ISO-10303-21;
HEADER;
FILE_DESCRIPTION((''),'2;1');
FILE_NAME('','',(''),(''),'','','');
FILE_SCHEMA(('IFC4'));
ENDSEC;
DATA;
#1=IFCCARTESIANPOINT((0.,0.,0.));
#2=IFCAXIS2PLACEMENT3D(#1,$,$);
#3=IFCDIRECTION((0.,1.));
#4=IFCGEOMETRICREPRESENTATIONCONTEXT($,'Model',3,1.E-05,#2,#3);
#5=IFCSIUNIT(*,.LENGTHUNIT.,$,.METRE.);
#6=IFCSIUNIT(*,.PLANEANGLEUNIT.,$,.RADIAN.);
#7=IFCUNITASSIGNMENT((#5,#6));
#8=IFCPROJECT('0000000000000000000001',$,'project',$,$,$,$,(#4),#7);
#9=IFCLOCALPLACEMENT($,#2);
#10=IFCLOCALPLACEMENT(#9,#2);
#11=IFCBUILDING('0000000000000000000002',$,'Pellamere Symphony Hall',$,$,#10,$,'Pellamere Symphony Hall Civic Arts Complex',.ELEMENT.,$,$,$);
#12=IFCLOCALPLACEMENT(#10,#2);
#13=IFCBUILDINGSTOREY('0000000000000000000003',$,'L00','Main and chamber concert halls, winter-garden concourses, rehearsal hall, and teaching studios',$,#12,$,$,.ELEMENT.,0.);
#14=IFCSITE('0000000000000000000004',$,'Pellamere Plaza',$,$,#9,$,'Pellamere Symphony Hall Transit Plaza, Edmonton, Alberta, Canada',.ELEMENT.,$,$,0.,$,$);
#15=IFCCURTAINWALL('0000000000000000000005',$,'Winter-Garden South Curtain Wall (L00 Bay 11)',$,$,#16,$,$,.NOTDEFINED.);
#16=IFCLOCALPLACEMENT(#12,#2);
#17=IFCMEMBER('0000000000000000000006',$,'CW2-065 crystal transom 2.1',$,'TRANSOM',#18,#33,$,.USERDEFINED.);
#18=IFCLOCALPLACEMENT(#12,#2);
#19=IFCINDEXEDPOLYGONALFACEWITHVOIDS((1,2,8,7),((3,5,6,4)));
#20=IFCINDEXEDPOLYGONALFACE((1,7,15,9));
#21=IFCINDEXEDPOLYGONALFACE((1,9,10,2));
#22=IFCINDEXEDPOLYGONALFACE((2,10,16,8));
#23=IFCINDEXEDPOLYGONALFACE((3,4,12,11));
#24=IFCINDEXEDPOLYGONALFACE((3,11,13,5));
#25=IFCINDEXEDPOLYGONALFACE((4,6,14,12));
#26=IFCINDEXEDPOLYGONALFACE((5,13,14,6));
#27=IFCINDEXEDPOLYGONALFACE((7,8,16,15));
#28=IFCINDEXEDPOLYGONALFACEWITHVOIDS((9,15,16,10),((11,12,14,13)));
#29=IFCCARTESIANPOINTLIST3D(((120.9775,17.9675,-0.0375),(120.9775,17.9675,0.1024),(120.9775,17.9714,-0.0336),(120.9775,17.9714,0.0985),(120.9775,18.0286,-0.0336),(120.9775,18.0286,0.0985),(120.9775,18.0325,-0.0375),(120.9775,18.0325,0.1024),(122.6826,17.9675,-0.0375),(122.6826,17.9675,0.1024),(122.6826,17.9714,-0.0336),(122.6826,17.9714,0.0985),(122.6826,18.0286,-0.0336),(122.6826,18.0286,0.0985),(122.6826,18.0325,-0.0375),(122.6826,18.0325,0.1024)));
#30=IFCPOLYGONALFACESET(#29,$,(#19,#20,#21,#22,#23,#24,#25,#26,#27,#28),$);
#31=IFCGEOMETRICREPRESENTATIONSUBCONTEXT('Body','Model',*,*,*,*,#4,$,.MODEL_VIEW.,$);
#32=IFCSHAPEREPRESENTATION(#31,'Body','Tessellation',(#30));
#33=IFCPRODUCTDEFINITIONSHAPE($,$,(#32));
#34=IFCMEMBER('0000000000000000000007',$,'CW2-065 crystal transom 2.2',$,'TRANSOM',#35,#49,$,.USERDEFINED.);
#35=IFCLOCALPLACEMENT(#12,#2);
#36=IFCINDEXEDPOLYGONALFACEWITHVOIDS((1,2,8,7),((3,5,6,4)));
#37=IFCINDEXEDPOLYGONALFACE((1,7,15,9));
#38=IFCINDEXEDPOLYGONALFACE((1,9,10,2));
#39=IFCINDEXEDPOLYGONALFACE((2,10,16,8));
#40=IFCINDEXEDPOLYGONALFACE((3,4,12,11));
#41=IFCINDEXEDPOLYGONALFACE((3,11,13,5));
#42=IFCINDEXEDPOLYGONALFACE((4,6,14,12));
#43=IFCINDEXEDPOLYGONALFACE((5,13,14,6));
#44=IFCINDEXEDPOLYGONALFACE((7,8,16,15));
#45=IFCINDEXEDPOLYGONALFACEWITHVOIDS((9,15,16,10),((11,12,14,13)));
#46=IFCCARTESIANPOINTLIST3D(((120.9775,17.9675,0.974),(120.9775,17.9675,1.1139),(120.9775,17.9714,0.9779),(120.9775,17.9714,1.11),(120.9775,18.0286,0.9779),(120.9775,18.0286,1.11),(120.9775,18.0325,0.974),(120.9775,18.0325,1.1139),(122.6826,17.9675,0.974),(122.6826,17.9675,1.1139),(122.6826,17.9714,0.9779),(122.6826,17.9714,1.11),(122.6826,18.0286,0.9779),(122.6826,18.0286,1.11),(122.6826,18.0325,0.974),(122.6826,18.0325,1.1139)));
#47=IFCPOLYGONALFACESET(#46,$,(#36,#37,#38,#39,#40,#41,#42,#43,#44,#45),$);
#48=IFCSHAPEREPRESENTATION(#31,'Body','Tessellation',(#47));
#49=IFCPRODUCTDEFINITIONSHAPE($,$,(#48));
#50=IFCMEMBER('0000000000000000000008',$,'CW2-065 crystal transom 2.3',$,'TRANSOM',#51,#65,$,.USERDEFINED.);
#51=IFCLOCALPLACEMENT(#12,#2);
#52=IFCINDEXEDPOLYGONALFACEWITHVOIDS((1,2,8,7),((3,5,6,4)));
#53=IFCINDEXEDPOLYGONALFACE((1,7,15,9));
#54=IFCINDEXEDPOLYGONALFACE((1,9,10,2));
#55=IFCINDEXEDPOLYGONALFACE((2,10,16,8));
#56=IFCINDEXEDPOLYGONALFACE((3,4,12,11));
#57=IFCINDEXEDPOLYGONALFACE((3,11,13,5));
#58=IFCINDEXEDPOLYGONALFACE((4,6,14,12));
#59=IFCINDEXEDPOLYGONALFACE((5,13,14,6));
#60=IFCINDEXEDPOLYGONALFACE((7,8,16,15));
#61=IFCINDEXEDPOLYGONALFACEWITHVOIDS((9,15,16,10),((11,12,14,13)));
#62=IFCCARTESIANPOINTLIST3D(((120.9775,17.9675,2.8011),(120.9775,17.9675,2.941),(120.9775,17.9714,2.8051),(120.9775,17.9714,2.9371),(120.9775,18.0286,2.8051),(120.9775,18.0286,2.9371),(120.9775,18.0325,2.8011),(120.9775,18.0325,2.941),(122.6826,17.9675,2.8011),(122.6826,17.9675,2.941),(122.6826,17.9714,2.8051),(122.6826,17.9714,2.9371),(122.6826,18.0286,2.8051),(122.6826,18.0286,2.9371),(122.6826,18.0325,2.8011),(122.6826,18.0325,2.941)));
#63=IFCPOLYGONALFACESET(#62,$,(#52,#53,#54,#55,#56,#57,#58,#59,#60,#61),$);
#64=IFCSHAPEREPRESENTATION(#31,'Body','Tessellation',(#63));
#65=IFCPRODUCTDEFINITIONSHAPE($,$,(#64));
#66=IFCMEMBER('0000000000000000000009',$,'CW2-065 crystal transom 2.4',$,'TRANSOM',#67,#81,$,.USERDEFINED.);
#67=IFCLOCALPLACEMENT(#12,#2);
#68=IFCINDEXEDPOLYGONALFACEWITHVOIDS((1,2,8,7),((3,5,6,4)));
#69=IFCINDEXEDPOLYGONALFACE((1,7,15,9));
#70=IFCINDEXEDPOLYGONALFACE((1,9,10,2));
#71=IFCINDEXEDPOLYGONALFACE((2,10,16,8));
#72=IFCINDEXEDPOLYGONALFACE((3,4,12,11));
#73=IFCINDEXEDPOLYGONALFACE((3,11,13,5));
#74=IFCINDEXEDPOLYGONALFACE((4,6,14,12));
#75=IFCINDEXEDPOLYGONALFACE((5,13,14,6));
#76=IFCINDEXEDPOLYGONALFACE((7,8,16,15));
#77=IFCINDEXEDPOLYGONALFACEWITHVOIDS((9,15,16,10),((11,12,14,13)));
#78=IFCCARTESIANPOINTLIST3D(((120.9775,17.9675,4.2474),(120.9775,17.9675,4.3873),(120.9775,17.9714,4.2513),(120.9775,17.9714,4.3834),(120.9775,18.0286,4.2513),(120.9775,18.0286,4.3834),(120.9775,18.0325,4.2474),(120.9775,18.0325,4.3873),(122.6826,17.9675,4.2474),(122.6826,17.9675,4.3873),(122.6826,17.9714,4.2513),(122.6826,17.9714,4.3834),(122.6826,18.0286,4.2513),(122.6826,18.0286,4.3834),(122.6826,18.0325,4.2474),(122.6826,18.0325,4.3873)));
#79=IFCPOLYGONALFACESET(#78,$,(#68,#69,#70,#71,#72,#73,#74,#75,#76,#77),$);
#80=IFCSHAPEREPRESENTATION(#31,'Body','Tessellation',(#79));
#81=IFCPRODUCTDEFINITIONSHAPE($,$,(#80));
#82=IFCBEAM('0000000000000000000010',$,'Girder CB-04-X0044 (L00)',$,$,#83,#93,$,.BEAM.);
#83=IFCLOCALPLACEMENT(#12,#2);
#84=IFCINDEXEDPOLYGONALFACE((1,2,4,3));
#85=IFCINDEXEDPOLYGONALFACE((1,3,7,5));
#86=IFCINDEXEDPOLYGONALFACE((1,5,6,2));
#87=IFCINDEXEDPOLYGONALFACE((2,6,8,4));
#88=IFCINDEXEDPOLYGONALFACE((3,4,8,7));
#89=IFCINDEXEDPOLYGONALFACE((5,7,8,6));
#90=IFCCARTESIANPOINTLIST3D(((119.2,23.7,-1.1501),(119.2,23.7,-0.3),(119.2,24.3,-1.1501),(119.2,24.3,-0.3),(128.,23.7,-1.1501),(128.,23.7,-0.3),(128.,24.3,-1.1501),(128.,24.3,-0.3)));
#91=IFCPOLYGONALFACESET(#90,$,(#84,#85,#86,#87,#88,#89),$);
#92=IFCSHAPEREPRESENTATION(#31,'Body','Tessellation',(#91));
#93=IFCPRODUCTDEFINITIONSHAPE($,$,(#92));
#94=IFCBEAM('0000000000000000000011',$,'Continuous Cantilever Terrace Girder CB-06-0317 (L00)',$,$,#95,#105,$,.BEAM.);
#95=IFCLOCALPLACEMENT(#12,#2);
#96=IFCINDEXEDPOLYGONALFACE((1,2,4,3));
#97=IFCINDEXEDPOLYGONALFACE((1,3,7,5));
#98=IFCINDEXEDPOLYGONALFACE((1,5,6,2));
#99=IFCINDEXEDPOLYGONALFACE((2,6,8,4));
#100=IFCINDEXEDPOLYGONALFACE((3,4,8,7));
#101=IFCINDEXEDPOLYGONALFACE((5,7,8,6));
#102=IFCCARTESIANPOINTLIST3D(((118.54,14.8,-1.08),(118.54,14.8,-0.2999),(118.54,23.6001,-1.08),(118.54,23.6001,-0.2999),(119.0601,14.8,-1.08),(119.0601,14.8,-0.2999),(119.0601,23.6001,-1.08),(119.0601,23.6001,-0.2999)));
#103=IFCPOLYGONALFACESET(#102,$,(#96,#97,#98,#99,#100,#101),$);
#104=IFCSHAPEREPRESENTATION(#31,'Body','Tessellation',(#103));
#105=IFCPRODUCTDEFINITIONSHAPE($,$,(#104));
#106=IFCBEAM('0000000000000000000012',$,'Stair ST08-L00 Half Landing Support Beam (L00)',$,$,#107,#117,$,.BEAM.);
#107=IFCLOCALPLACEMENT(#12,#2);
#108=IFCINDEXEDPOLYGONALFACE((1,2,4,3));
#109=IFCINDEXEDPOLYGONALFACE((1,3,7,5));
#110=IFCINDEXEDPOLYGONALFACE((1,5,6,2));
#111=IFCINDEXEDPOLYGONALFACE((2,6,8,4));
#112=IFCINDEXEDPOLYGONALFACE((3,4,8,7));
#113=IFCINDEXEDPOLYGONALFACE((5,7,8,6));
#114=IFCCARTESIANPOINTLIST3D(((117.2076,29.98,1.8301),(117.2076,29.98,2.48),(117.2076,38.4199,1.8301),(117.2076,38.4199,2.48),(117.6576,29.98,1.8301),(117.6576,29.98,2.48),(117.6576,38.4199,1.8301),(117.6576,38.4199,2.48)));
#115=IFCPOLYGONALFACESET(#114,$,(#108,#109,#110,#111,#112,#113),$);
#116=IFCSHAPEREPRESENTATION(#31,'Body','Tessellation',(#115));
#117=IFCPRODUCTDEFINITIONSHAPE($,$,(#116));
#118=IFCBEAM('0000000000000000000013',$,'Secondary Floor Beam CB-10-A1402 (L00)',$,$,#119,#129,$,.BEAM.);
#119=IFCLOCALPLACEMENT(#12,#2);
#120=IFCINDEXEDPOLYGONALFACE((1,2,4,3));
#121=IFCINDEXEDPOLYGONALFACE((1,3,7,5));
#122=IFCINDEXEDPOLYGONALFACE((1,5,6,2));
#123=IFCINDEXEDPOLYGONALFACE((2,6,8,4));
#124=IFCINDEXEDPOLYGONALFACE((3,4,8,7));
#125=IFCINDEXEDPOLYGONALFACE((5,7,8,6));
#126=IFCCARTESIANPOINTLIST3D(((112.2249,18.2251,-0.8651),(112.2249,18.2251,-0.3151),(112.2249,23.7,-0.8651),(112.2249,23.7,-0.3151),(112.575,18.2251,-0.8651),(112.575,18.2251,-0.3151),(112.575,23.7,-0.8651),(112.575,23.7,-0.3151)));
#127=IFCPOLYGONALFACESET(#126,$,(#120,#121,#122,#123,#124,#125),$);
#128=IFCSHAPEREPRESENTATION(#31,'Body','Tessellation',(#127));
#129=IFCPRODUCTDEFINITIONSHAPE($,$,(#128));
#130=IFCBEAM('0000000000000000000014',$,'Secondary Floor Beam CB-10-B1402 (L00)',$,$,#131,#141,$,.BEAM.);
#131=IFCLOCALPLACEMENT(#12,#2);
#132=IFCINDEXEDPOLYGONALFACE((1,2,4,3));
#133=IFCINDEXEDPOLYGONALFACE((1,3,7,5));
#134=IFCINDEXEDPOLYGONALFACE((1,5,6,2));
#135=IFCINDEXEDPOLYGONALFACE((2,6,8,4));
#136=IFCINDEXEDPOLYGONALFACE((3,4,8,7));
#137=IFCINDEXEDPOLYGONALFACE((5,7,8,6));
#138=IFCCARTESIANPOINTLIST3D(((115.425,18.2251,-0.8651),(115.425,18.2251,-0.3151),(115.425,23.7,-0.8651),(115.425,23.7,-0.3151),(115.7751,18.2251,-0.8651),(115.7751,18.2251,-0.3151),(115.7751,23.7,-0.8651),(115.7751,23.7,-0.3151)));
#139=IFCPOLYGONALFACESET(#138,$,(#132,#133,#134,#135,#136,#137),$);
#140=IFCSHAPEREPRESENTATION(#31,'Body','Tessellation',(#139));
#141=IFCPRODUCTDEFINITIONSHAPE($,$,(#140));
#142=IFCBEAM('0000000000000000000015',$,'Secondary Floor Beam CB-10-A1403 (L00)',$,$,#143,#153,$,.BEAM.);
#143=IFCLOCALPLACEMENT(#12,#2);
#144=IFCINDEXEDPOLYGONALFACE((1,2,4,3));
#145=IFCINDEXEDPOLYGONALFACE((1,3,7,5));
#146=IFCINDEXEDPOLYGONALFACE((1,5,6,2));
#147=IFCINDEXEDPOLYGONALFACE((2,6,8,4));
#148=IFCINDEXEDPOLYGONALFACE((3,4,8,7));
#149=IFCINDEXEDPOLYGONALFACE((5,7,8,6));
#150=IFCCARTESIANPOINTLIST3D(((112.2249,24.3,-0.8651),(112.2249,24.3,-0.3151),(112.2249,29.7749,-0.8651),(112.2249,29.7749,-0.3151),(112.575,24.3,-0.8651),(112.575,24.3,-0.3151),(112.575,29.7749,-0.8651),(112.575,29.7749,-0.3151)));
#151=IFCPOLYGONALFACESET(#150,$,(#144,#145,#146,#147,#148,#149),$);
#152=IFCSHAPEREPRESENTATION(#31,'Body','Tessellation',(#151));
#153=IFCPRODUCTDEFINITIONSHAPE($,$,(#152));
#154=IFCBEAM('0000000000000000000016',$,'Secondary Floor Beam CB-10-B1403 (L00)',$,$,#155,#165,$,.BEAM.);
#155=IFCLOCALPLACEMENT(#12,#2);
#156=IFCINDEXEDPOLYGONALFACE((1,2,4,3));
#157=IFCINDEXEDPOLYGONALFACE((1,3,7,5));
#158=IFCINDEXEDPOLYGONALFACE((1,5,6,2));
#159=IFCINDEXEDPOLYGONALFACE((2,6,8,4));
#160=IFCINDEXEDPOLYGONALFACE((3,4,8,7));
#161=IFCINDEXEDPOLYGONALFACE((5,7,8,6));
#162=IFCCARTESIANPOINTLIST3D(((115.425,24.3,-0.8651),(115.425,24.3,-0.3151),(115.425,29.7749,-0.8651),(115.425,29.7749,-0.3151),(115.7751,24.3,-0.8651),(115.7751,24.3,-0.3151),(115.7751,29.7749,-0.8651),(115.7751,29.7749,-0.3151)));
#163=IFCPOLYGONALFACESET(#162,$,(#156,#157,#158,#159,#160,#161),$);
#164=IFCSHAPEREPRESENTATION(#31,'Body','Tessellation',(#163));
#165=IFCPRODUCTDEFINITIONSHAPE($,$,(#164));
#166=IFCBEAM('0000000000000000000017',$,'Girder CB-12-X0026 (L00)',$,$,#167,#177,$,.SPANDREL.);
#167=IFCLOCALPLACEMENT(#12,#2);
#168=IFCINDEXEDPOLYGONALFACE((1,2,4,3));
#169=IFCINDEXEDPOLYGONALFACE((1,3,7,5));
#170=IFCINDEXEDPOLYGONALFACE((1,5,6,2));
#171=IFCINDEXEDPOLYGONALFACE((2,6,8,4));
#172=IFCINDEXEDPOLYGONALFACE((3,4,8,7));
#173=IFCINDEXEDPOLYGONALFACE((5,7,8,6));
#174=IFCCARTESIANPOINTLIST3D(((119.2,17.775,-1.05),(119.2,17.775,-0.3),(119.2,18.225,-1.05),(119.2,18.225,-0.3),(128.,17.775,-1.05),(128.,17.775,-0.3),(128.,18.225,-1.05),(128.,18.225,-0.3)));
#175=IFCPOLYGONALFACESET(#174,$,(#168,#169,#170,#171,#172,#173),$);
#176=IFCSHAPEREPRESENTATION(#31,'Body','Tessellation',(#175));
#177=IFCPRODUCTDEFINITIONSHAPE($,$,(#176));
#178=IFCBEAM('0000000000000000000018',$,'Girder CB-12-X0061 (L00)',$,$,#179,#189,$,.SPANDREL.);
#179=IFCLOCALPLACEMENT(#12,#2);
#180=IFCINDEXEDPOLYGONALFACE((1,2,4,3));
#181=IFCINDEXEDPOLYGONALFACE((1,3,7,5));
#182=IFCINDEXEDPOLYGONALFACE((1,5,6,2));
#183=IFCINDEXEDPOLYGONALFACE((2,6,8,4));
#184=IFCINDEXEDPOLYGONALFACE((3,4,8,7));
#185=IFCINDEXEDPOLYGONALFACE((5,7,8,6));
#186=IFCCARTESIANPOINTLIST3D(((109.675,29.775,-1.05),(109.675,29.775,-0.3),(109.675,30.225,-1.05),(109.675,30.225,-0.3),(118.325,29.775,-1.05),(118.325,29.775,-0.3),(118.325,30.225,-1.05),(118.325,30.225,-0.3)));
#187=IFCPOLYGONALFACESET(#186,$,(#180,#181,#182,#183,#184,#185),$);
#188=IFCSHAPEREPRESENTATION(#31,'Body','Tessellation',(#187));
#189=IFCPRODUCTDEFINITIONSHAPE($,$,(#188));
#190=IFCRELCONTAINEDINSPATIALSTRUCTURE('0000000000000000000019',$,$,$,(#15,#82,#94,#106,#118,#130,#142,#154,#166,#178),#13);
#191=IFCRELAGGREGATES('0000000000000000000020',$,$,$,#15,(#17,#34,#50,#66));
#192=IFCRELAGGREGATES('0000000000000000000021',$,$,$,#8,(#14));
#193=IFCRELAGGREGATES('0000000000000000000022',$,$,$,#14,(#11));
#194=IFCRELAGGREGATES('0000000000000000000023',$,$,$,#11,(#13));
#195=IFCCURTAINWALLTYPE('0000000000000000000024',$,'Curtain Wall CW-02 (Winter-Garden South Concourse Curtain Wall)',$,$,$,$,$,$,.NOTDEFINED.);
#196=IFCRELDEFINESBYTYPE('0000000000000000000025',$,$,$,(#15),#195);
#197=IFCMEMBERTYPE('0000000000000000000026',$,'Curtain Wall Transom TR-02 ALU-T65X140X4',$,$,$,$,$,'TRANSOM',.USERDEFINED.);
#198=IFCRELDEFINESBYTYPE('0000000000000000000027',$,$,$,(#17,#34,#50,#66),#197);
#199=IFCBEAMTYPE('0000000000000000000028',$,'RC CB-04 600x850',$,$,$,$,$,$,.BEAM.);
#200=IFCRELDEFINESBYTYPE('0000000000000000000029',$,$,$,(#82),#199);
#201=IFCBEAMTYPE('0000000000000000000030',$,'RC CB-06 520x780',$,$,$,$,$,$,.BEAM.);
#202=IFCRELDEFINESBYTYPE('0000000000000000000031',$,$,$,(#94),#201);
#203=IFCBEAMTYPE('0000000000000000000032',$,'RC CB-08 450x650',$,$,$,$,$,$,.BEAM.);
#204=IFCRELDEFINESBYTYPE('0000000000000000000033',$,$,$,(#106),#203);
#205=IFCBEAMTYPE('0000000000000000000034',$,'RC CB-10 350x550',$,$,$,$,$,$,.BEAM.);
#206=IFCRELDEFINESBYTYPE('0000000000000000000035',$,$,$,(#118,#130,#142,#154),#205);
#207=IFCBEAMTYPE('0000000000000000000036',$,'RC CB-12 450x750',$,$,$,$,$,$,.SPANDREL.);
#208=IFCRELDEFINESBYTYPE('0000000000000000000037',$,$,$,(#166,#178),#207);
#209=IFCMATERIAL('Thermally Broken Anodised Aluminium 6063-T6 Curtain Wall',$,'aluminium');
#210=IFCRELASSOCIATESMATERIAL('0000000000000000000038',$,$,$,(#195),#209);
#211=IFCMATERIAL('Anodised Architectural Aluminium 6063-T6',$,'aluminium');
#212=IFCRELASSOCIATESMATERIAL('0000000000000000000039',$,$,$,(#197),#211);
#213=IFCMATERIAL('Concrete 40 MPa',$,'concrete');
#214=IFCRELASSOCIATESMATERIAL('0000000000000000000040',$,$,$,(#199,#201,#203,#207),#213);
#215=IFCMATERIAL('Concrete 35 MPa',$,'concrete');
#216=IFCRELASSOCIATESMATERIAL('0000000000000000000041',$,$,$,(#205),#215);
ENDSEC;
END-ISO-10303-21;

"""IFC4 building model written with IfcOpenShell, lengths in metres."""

from ifc_helpers import new_model, si_unit, direction, frame, origin, origin_2d, place, context, subcontext, project, spatial, rectangle, hollow_rectangle, extrude, material, material_profile, profile_set, type_object, element, aggregate, save


model = new_model("IFC4")

# Units and contexts
model_context = context("Model", 3, precision=1e-05, world=origin(), true_north=direction((0.0, 1.0)))
body_context = subcontext(model_context, "Body", "Model", "MODEL_VIEW")
ifc_project = project(units=[si_unit("LENGTHUNIT", "METRE"), si_unit("PLANEANGLEUNIT", "RADIAN")], contexts=[model_context])

# Site, building, storey
site_placement = place(None, origin())
site = spatial("IfcSite", under=ifc_project, at=site_placement, Name="Pellamere Plaza", LongName="Pellamere Symphony Hall Transit Plaza, Edmonton, Alberta, Canada", CompositionType="ELEMENT", RefElevation=0.0)
building_placement = place(site_placement, origin())
building = spatial("IfcBuilding", under=site, at=building_placement, Name="Pellamere Symphony Hall", LongName="Pellamere Symphony Hall Civic Arts Complex", CompositionType="ELEMENT")
storey_placement = place(building_placement, origin())
storey = spatial("IfcBuildingStorey", under=building, at=storey_placement, Name="L00", Description="Main and chamber concert halls, winter-garden concourses, rehearsal hall, and teaching studios", CompositionType="ELEMENT", Elevation=0.0)

# Shared definitions
ifc_material_1 = material(Name="Concrete 40 MPa", Category="concrete")

# Curtain wall, members
ifc_material_2 = material(Name="Thermally Broken Anodised Aluminium 6063-T6 Curtain Wall", Category="aluminium")
curtain_wall_type = type_object("IfcCurtainWallType", Name="Curtain Wall CW-02 (Winter-Garden South Concourse Curtain Wall)", PredefinedType="NOTDEFINED", material=ifc_material_2)
curtain_wall_placement = place(storey_placement, origin())
curtain_wall = element("IfcCurtainWall", 1, at=curtain_wall_placement, inside=storey, type_object=curtain_wall_type, Name="Winter-Garden South Curtain Wall (L00 Bay 11)", PredefinedType="NOTDEFINED")
ifc_material_3 = material(Name="Anodised Architectural Aluminium 6063-T6", Category="aluminium")
ifc_material_profile_1 = material_profile(ifc_material_3, hollow_rectangle(XDim=0.0649, YDim=0.1399, WallThickness=0.0039, at=origin_2d()), Name="ALU-T65X140X4")
ifc_profile_set_1 = profile_set([ifc_material_profile_1], Name="Anodised Architectural Aluminium 6063-T6")
member_type_1 = type_object("IfcMemberType", Name="Curtain Wall Transom TR-02 ALU-T65X140X4", ElementType="TRANSOM", PredefinedType="USERDEFINED", material=ifc_profile_set_1)
member_1_placement = place(storey_placement, frame((120.9775, 18.0, 0.0325), z_axis=(1.0, 0.0, 0.0), x_axis=(0.0, 1.0, 0.0)))
member_1 = element("IfcMember", 2, at=member_1_placement, type_object=member_type_1, Name="CW2-065 crystal transom 2.1", ObjectType="TRANSOM", PredefinedType="USERDEFINED", context=body_context, shape_type="SweptSolid", body=[
    extrude(hollow_rectangle(XDim=0.0649, YDim=0.1399, WallThickness=0.0039, at=origin_2d()), origin(), (0.0, 0.0, 1.0), 1.7051),
])
member_2_placement = place(storey_placement, frame((120.9775, 18.0, 1.0439), z_axis=(1.0, 0.0, 0.0), x_axis=(0.0, 1.0, 0.0)))
member_2 = element("IfcMember", 3, at=member_2_placement, type_object=member_type_1, Name="CW2-065 crystal transom 2.2", ObjectType="TRANSOM", PredefinedType="USERDEFINED", context=body_context, shape_type="SweptSolid", body=[
    extrude(hollow_rectangle(XDim=0.0649, YDim=0.1399, WallThickness=0.0039, at=origin_2d()), origin(), (0.0, 0.0, 1.0), 1.7051),
])
member_3_placement = place(storey_placement, frame((120.9775, 18.0, 2.8711), z_axis=(1.0, 0.0, 0.0), x_axis=(0.0, 1.0, 0.0)))
member_3 = element("IfcMember", 4, at=member_3_placement, type_object=member_type_1, Name="CW2-065 crystal transom 2.3", ObjectType="TRANSOM", PredefinedType="USERDEFINED", context=body_context, shape_type="SweptSolid", body=[
    extrude(hollow_rectangle(XDim=0.0649, YDim=0.1399, WallThickness=0.0039, at=origin_2d()), origin(), (0.0, 0.0, 1.0), 1.7051),
])
member_4_placement = place(storey_placement, frame((120.9775, 18.0, 4.3174), z_axis=(1.0, 0.0, 0.0), x_axis=(0.0, 1.0, 0.0)))
member_4 = element("IfcMember", 5, at=member_4_placement, type_object=member_type_1, Name="CW2-065 crystal transom 2.4", ObjectType="TRANSOM", PredefinedType="USERDEFINED", context=body_context, shape_type="SweptSolid", body=[
    extrude(hollow_rectangle(XDim=0.0649, YDim=0.1399, WallThickness=0.0039, at=origin_2d()), origin(), (0.0, 0.0, 1.0), 1.7051),
])

# Beams
ifc_material_profile_2 = material_profile(ifc_material_1, rectangle(XDim=0.6001, YDim=0.8501, at=origin_2d()), Name="RC 600x850")
ifc_profile_set_2 = profile_set([ifc_material_profile_2], Name="Concrete 40 MPa")
beam_type_1 = type_object("IfcBeamType", Name="RC CB-04 600x850", PredefinedType="BEAM", material=ifc_profile_set_2)
beam_1_placement = place(storey_placement, frame((119.2, 24.0, -0.7251), z_axis=(1.0, 0.0, 0.0), x_axis=(0.0, 1.0, 0.0)))
element("IfcBeam", 6, at=beam_1_placement, inside=storey, type_object=beam_type_1, Name="Girder CB-04-X0044 (L00)", PredefinedType="BEAM", context=body_context, shape_type="SweptSolid", body=[
    extrude(rectangle(XDim=0.6001, YDim=0.8501, at=origin_2d()), origin(), (0.0, 0.0, 1.0), 8.8),
])
ifc_material_profile_3 = material_profile(ifc_material_1, rectangle(XDim=0.52, YDim=0.78, at=origin_2d()), Name="RC 520x780")
ifc_profile_set_3 = profile_set([ifc_material_profile_3], Name="Concrete 40 MPa")
beam_type_2 = type_object("IfcBeamType", Name="RC CB-06 520x780", PredefinedType="BEAM", material=ifc_profile_set_3)
beam_2_placement = place(storey_placement, frame((118.8, 14.8, -0.6899), z_axis=(0.0, 1.0, 0.0), x_axis=(-1.0, 0.0, 0.0)))
element("IfcBeam", 7, at=beam_2_placement, inside=storey, type_object=beam_type_2, Name="Continuous Cantilever Terrace Girder CB-06-0317 (L00)", PredefinedType="BEAM", context=body_context, shape_type="SweptSolid", body=[
    extrude(rectangle(XDim=0.52, YDim=0.78, at=origin_2d()), origin(), (0.0, 0.0, 1.0), 8.8),
])
ifc_material_profile_4 = material_profile(ifc_material_1, rectangle(XDim=0.45, YDim=0.6499, at=origin_2d()), Name="RC 450x650")
ifc_profile_set_4 = profile_set([ifc_material_profile_4], Name="Concrete 40 MPa")
beam_type_3 = type_object("IfcBeamType", Name="RC CB-08 450x650", PredefinedType="BEAM", material=ifc_profile_set_4)
beam_3_placement = place(storey_placement, frame((117.4326, 29.98, 2.155), z_axis=(0.0, 1.0, 0.0), x_axis=(-1.0, 0.0, 0.0)))
element("IfcBeam", 8, at=beam_3_placement, inside=storey, type_object=beam_type_3, Name="Stair ST08-L00 Half Landing Support Beam (L00)", PredefinedType="BEAM", context=body_context, shape_type="SweptSolid", body=[
    extrude(rectangle(XDim=0.45, YDim=0.6499, at=origin_2d()), origin(), (0.0, 0.0, 1.0), 8.4399),
])
ifc_material_4 = material(Name="Concrete 35 MPa", Category="concrete")
ifc_material_profile_5 = material_profile(ifc_material_4, rectangle(XDim=0.3501, YDim=0.55, at=origin_2d()), Name="RC 350x550")
ifc_profile_set_5 = profile_set([ifc_material_profile_5], Name="Concrete 35 MPa")
beam_type_4 = type_object("IfcBeamType", Name="RC CB-10 350x550", PredefinedType="BEAM", material=ifc_profile_set_5)
for number, where, z_axis, x_axis, name in (
    (9, (112.3999, 18.2251, -0.5901), (0.0, 1.0, 0.0), (-1.0, 0.0, 0.0), "Secondary Floor Beam CB-10-A1402 (L00)"),
    (10, (115.6001, 18.2251, -0.5901), (0.0, 1.0, 0.0), (-1.0, 0.0, 0.0), "Secondary Floor Beam CB-10-B1402 (L00)"),
    (11, (112.3999, 24.3, -0.5901), (0.0, 1.0, 0.0), (-1.0, 0.0, 0.0), "Secondary Floor Beam CB-10-A1403 (L00)"),
    (12, (115.6001, 24.3, -0.5901), (0.0, 1.0, 0.0), (-1.0, 0.0, 0.0), "Secondary Floor Beam CB-10-B1403 (L00)"),
):
    element("IfcBeam", number, at=place(storey_placement, frame(where, z_axis=z_axis, x_axis=x_axis)), inside=storey, type_object=beam_type_4, Name=name, PredefinedType="BEAM", context=body_context, shape_type="SweptSolid", body=[
        extrude(rectangle(XDim=0.3501, YDim=0.55, at=origin_2d()), origin(), (0.0, 0.0, 1.0), 5.4749),
    ])
ifc_material_profile_6 = material_profile(ifc_material_1, rectangle(XDim=0.45, YDim=0.75, at=origin_2d()), Name="RC 450x750")
ifc_profile_set_6 = profile_set([ifc_material_profile_6], Name="Concrete 40 MPa")
beam_type_5 = type_object("IfcBeamType", Name="RC CB-12 450x750", PredefinedType="SPANDREL", material=ifc_profile_set_6)
beam_4_placement = place(storey_placement, frame((119.2, 18.0, -0.675), z_axis=(1.0, 0.0, 0.0), x_axis=(0.0, 1.0, 0.0)))
element("IfcBeam", 13, at=beam_4_placement, inside=storey, type_object=beam_type_5, Name="Girder CB-12-X0026 (L00)", PredefinedType="SPANDREL", context=body_context, shape_type="SweptSolid", body=[
    extrude(rectangle(XDim=0.45, YDim=0.75, at=origin_2d()), origin(), (0.0, 0.0, 1.0), 8.8),
])
beam_5_placement = place(storey_placement, frame((109.675, 30.0, -0.675), z_axis=(1.0, 0.0, 0.0), x_axis=(0.0, 1.0, 0.0)))
element("IfcBeam", 14, at=beam_5_placement, inside=storey, type_object=beam_type_5, Name="Girder CB-12-X0061 (L00)", PredefinedType="SPANDREL", context=body_context, shape_type="SweptSolid", body=[
    extrude(rectangle(XDim=0.45, YDim=0.75, at=origin_2d()), origin(), (0.0, 0.0, 1.0), 8.6499),
])

aggregate(curtain_wall, [member_1, member_2, member_3, member_4])

save(model, "model.ifc")
